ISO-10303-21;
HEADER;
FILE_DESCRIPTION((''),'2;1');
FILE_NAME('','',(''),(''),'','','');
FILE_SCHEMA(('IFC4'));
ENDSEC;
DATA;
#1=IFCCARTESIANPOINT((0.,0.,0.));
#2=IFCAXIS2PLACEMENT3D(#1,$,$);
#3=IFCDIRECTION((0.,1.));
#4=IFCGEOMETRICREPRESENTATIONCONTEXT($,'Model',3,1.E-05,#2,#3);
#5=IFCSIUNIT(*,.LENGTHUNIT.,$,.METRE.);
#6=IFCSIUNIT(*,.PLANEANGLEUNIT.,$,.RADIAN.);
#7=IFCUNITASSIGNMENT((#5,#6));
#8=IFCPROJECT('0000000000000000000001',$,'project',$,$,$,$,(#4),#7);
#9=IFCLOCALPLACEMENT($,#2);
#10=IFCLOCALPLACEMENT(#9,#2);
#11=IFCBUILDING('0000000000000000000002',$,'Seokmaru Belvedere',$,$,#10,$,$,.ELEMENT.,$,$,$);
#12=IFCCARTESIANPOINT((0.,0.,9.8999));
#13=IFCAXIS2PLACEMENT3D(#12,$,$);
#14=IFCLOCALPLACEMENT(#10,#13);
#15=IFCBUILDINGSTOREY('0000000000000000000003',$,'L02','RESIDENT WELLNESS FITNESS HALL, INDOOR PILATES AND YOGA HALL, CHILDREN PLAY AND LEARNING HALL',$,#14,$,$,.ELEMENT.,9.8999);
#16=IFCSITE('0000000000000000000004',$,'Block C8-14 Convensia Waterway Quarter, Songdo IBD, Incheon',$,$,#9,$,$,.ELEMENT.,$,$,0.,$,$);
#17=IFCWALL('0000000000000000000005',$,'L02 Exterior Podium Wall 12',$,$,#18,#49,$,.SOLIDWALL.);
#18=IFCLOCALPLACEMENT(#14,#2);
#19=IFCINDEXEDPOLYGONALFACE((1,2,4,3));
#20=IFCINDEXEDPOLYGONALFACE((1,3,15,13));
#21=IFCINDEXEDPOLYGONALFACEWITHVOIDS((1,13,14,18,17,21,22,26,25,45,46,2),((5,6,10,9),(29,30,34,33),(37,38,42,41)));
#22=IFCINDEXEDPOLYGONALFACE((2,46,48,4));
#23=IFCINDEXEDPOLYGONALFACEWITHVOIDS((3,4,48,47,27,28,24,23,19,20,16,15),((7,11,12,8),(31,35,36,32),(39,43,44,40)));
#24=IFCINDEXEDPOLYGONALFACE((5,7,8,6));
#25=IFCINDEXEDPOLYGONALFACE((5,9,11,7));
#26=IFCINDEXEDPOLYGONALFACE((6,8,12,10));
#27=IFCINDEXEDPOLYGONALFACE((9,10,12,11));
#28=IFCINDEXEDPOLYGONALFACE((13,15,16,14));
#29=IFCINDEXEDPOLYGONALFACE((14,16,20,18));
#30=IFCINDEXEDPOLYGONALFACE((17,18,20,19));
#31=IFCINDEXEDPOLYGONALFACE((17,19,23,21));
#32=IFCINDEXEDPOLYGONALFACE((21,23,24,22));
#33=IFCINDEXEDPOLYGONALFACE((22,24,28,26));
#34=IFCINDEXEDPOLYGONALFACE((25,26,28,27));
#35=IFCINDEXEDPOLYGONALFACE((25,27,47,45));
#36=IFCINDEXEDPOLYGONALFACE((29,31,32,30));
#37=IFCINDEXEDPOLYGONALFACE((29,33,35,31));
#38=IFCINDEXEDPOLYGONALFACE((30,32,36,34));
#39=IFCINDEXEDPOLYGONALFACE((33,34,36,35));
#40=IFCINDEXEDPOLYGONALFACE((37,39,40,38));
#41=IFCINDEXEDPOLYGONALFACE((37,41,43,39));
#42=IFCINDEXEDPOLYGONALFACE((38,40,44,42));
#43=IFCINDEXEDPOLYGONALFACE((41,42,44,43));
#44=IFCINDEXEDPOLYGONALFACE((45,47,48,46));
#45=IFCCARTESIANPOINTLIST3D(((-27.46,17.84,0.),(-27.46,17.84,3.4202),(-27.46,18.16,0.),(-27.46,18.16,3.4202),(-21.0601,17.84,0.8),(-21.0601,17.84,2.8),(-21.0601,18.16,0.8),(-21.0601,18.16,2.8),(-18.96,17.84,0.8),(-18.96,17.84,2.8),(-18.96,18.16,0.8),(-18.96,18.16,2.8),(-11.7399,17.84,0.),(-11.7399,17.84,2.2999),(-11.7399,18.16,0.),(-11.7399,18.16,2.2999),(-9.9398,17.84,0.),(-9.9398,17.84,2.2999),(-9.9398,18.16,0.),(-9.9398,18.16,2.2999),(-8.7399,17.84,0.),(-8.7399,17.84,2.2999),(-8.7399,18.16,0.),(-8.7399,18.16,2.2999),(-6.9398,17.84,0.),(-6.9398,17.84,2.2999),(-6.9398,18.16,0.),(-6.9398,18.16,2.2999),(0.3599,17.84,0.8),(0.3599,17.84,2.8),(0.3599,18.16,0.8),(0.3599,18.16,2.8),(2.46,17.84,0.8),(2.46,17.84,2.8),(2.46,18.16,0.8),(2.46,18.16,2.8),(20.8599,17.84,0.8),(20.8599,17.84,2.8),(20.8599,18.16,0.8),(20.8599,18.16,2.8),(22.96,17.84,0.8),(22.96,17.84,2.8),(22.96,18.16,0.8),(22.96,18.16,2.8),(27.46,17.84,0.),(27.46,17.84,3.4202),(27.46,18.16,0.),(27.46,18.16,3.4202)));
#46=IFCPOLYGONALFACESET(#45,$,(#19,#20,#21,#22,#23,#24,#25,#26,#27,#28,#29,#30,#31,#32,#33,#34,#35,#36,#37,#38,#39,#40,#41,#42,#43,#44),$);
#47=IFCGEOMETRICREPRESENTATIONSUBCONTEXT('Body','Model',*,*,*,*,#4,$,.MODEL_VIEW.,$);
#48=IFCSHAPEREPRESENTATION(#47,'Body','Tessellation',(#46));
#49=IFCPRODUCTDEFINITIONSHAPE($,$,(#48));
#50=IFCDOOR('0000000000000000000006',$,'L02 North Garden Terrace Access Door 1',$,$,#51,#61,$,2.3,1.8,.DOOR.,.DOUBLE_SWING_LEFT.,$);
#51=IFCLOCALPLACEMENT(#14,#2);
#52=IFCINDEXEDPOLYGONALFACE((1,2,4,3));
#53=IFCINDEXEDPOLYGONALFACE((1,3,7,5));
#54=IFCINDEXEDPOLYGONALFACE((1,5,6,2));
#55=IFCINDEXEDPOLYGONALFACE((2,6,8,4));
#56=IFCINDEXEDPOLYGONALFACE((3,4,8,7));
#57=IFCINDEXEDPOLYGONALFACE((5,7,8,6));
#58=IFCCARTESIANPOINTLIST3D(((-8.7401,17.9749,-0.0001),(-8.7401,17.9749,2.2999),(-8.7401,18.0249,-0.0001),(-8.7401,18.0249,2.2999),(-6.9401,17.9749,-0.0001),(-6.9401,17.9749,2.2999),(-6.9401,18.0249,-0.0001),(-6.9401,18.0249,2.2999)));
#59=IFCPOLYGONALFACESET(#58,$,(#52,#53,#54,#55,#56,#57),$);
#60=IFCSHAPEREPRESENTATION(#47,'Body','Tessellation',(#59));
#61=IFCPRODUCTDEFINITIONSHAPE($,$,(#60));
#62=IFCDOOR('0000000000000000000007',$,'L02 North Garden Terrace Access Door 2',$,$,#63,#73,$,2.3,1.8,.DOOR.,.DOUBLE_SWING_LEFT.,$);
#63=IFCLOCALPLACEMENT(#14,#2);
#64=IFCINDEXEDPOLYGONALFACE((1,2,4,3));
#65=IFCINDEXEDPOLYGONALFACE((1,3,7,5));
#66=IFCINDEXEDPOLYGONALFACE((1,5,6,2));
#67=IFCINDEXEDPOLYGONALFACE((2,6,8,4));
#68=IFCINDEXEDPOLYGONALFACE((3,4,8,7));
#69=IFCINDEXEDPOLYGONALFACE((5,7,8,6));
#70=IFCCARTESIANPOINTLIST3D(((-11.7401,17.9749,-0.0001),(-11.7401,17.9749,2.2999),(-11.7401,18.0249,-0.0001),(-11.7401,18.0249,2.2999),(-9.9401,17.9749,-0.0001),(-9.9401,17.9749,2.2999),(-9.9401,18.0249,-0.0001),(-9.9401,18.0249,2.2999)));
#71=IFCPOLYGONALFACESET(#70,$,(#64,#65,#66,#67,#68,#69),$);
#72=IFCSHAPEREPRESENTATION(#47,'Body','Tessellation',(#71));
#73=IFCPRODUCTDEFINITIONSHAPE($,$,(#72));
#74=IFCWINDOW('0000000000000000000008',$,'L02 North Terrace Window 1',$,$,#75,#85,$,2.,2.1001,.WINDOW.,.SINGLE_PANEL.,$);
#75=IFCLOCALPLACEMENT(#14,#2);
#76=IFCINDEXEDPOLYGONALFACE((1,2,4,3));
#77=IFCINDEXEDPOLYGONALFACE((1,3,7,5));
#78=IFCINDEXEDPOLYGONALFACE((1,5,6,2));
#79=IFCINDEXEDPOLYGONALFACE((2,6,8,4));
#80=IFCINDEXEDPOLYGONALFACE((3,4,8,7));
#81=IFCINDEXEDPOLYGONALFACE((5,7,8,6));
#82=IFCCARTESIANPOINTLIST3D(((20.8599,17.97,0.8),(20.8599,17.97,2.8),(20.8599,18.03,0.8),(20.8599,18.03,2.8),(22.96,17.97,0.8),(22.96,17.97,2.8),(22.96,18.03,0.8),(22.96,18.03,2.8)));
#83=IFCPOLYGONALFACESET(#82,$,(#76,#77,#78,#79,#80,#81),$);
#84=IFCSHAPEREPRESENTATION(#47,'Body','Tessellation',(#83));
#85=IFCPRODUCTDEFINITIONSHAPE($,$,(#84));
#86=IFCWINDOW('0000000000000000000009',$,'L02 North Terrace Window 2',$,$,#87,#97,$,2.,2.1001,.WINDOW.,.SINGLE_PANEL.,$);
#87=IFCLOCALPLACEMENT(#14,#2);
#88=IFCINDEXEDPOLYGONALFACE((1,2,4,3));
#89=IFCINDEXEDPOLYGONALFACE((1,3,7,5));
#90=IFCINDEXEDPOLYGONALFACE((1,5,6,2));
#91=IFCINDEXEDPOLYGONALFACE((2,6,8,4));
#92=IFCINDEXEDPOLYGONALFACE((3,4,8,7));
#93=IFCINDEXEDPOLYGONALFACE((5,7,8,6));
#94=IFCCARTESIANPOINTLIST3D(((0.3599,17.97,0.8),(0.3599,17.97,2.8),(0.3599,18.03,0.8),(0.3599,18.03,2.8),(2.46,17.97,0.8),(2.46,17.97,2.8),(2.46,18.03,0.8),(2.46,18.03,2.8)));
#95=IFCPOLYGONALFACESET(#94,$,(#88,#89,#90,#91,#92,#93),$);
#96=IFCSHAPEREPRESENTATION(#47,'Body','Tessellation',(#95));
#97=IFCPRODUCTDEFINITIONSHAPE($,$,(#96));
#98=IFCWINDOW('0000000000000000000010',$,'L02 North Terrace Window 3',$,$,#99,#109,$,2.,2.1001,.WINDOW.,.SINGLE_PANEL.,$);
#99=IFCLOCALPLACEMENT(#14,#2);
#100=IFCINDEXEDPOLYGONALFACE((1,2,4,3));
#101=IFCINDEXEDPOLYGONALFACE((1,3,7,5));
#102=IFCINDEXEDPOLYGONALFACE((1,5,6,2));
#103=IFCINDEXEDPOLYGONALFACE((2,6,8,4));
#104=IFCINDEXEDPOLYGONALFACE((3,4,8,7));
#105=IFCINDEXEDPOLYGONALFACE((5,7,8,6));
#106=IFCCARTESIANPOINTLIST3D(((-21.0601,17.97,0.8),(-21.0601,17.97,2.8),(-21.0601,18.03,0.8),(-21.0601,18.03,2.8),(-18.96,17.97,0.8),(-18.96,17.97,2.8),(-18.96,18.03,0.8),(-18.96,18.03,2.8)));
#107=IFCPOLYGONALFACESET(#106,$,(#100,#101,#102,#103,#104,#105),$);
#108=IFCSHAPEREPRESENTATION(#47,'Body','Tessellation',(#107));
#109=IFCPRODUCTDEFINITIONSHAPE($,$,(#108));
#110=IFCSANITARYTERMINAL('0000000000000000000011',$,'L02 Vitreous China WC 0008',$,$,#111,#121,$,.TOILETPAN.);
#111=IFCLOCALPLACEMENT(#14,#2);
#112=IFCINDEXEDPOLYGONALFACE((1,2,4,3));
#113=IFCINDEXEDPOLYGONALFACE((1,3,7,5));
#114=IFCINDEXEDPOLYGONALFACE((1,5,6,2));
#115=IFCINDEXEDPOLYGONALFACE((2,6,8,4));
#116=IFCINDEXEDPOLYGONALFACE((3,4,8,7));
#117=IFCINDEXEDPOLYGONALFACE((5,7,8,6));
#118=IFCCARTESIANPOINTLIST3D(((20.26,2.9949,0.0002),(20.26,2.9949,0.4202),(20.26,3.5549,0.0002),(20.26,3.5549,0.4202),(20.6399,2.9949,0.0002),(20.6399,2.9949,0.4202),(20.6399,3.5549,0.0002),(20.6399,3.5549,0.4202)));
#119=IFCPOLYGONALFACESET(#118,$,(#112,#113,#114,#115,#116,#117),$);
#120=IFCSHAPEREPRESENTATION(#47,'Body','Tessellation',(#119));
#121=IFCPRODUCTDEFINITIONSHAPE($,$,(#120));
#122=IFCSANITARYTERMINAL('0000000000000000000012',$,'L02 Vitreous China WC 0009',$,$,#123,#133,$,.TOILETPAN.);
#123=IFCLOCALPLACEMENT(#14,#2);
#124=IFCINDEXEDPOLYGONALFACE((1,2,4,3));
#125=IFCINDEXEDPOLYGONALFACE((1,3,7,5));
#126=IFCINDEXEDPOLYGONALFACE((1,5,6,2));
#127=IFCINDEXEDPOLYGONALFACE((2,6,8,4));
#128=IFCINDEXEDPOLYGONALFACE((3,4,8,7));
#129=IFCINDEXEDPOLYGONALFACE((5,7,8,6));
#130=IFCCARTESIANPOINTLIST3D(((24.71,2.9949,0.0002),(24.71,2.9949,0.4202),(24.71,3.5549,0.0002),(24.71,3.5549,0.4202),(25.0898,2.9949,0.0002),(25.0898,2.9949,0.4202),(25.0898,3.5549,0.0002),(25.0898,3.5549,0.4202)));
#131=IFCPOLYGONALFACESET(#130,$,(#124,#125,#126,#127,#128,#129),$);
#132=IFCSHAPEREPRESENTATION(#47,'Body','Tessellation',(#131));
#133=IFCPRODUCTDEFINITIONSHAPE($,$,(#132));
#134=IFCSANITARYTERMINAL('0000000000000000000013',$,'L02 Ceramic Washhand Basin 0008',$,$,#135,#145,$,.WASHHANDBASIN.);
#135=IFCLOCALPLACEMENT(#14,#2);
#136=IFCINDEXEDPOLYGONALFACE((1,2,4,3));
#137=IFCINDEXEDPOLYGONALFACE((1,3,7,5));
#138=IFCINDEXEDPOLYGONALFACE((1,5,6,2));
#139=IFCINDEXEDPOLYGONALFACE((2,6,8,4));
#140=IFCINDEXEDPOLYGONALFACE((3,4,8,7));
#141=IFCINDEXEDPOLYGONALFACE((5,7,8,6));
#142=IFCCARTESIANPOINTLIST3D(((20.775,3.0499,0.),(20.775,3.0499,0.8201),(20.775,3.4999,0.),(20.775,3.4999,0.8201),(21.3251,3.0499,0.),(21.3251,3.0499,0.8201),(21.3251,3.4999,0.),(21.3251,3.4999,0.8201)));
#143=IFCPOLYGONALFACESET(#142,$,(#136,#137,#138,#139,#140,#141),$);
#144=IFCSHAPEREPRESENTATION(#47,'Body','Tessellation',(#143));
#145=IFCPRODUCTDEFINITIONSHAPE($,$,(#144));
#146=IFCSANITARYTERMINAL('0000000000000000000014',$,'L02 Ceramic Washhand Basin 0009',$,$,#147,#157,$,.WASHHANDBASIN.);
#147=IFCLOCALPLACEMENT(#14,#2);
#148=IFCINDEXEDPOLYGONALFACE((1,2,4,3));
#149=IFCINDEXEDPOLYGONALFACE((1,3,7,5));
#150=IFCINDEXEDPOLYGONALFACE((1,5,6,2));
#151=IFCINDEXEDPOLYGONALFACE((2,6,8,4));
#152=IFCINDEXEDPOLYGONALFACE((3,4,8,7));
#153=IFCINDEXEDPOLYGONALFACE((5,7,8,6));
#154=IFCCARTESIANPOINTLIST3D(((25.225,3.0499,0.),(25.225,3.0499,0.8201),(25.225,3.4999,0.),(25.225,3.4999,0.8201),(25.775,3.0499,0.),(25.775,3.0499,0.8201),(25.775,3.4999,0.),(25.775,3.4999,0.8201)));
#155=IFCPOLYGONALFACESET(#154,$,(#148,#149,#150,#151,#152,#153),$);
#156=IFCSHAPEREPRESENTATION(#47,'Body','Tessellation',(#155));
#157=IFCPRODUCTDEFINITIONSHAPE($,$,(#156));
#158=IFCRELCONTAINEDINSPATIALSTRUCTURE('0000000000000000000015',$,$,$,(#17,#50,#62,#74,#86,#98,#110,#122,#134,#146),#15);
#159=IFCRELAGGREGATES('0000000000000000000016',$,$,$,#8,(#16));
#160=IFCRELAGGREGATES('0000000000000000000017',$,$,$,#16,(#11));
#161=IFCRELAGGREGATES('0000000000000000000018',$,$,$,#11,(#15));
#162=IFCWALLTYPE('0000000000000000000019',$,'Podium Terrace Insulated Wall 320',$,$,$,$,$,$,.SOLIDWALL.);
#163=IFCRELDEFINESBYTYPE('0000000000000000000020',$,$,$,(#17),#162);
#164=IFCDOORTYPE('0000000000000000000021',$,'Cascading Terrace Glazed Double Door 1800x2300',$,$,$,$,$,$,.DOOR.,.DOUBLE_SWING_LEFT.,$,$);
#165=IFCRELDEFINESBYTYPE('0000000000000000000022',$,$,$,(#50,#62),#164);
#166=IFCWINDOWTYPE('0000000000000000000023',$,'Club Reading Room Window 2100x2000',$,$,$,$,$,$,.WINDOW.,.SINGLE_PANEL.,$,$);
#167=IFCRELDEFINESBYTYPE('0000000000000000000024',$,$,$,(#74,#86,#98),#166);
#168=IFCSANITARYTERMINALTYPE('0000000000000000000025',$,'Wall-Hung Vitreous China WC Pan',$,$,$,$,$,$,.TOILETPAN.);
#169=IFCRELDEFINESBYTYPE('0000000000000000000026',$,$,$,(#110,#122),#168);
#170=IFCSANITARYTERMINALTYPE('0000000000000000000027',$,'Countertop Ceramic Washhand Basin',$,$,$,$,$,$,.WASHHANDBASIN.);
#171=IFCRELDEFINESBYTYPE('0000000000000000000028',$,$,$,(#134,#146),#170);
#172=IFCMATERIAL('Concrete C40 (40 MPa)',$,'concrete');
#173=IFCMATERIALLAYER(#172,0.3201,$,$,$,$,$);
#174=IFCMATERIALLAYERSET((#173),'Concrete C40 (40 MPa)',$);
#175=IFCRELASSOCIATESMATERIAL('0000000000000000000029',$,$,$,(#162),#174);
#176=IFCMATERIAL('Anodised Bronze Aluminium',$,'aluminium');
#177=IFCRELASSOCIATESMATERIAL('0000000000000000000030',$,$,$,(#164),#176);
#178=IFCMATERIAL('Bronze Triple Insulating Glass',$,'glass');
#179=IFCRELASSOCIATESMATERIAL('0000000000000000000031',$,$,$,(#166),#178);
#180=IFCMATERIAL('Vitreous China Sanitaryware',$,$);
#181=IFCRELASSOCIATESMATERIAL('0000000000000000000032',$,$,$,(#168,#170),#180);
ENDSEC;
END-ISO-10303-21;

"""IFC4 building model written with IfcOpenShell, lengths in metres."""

from ifc_helpers import new_model, si_unit, direction, frame, frame_2d, origin, origin_2d, place, context, subcontext, project, spatial, rectangle, extrude, source, transform, mapped, material, layer, layer_set, type_object, type_shapes, element, fill, save


model = new_model("IFC4")

# Units and contexts
model_context = context("Model", 3, precision=1e-05, world=origin(), true_north=direction((0.0, 1.0)))
body_context = subcontext(model_context, "Body", "Model", "MODEL_VIEW")
ifc_project = project(units=[si_unit("LENGTHUNIT", "METRE"), si_unit("PLANEANGLEUNIT", "RADIAN")], contexts=[model_context])

# Site, building, storey
site_placement = place(None, origin())
site = spatial("IfcSite", under=ifc_project, at=site_placement, Name="Block C8-14 Convensia Waterway Quarter, Songdo IBD, Incheon", CompositionType="ELEMENT", RefElevation=0.0)
building_placement = place(site_placement, origin())
building = spatial("IfcBuilding", under=site, at=building_placement, Name="Seokmaru Belvedere", CompositionType="ELEMENT")
storey_placement = place(building_placement, frame((0.0, 0.0, 9.8999)))
storey = spatial("IfcBuildingStorey", under=building, at=storey_placement, Name="L02", Description="RESIDENT WELLNESS FITNESS HALL, INDOOR PILATES AND YOGA HALL, CHILDREN PLAY AND LEARNING HALL", CompositionType="ELEMENT", Elevation=9.8999)

# Shared definitions
ifc_material_1 = material(Name="Concrete C40 (40 MPa)", Category="concrete")
ifc_layer_1 = layer(ifc_material_1, 0.3201)
ifc_layer_set_1 = layer_set([ifc_layer_1], Name="Concrete C40 (40 MPa)")
wall_type_1 = type_object("IfcWallType", Name="Podium Terrace Insulated Wall 320", PredefinedType="SOLIDWALL", material=ifc_layer_set_1)

# Wall, openings, doors, windows
wall_1_placement = place(storey_placement, frame((27.46, 18.0, 0.0), z_axis=(0.0, 0.0, 1.0), x_axis=(-1.0, 0.0, 0.0)))
wall_1 = element("IfcWall", 1, at=wall_1_placement, inside=storey, type_object=wall_type_1, Name="L02 Exterior Podium Wall 12", PredefinedType="SOLIDWALL", context=body_context, shape_type="SweptSolid", body=[
    extrude(rectangle(XDim=54.9199, YDim=0.3201, at=frame_2d((27.46, 0.0))), origin(), (0.0, 0.0, 1.0), 3.4202),
])
opening_1_placement = place(wall_1_placement, frame((34.3999, 0.0, 0.0)))
opening_1 = element("IfcOpeningElement", 2, at=opening_1_placement, cuts=wall_1, PredefinedType="OPENING", context=body_context, shape_type="SweptSolid", body=[
    extrude(rectangle(XDim=1.8, YDim=2.3, at=frame_2d((0.8999, 1.1499))), frame((0.0, 0.1699, 0.0), z_axis=(0.0, -1.0, 0.0), x_axis=(1.0, 0.0, 0.0)), (0.0, 0.0, 1.0), 0.3401),
])
opening_2_placement = place(wall_1_placement, frame((37.3999, 0.0, 0.0)))
opening_2 = element("IfcOpeningElement", 3, at=opening_2_placement, cuts=wall_1, PredefinedType="OPENING", context=body_context, shape_type="SweptSolid", body=[
    extrude(rectangle(XDim=1.8, YDim=2.3, at=frame_2d((0.8999, 1.1499))), frame((0.0, 0.1699, 0.0), z_axis=(0.0, -1.0, 0.0), x_axis=(1.0, 0.0, 0.0)), (0.0, 0.0, 1.0), 0.3401),
])
opening_3_placement = place(wall_1_placement, frame((4.5, 0.0, 0.8)))
opening_3 = element("IfcOpeningElement", 4, at=opening_3_placement, cuts=wall_1, PredefinedType="OPENING", context=body_context, shape_type="SweptSolid", body=[
    extrude(rectangle(XDim=2.1001, YDim=2.0, at=frame_2d((1.05, 1.0))), frame((0.0, 0.1699, 0.0), z_axis=(0.0, -1.0, 0.0), x_axis=(1.0, 0.0, 0.0)), (0.0, 0.0, 1.0), 0.3401),
])
opening_4_placement = place(wall_1_placement, frame((25.0, 0.0, 0.8)))
opening_4 = element("IfcOpeningElement", 5, at=opening_4_placement, cuts=wall_1, PredefinedType="OPENING", context=body_context, shape_type="SweptSolid", body=[
    extrude(rectangle(XDim=2.1001, YDim=2.0, at=frame_2d((1.05, 1.0))), frame((0.0, 0.1699, 0.0), z_axis=(0.0, -1.0, 0.0), x_axis=(1.0, 0.0, 0.0)), (0.0, 0.0, 1.0), 0.3401),
])
opening_5_placement = place(wall_1_placement, frame((46.4199, 0.0, 0.8)))
opening_5 = element("IfcOpeningElement", 6, at=opening_5_placement, cuts=wall_1, PredefinedType="OPENING", context=body_context, shape_type="SweptSolid", body=[
    extrude(rectangle(XDim=2.1001, YDim=2.0, at=frame_2d((1.05, 1.0))), frame((0.0, 0.1699, 0.0), z_axis=(0.0, -1.0, 0.0), x_axis=(1.0, 0.0, 0.0)), (0.0, 0.0, 1.0), 0.3401),
])
ifc_material_2 = material(Name="Anodised Bronze Aluminium", Category="aluminium")
door_type_1 = type_object("IfcDoorType", Name="Cascading Terrace Glazed Double Door 1800x2300", OperationType="DOUBLE_SWING_LEFT", PredefinedType="DOOR", material=ifc_material_2)
shared_shape_1 = source(origin(), body_context, "Body", "SweptSolid", [
    extrude(rectangle(XDim=1.8, YDim=2.3, at=frame_2d((0.8999, 1.1499))), frame((0.0, 0.0249, 0.0), z_axis=(0.0, -1.0, 0.0), x_axis=(1.0, 0.0, 0.0)), (0.0, 0.0, 1.0), 0.05),
])
type_shapes(door_type_1, [shared_shape_1])
door_1_placement = place(opening_1_placement, frame((1.8, 0.0, 0.0), z_axis=(0.0, 0.0, 1.0), x_axis=(-1.0, 0.0, 0.0)))
door_1 = element("IfcDoor", 7, at=door_1_placement, inside=storey, type_object=door_type_1, Name="L02 North Garden Terrace Access Door 1", OperationType="DOUBLE_SWING_LEFT", OverallHeight=2.3, OverallWidth=1.8, PredefinedType="DOOR", context=body_context, shape_type="MappedRepresentation", body=[
    mapped(shared_shape_1, transform((0.0, 0.0, 0.0), scale=1.0)),
])
fill(opening_1, door_1)
door_2_placement = place(opening_2_placement, frame((1.8, 0.0, 0.0), z_axis=(0.0, 0.0, 1.0), x_axis=(-1.0, 0.0, 0.0)))
door_2 = element("IfcDoor", 8, at=door_2_placement, inside=storey, type_object=door_type_1, Name="L02 North Garden Terrace Access Door 2", OperationType="DOUBLE_SWING_LEFT", OverallHeight=2.3, OverallWidth=1.8, PredefinedType="DOOR", context=body_context, shape_type="MappedRepresentation", body=[
    mapped(shared_shape_1, transform((0.0, 0.0, 0.0), scale=1.0)),
])
fill(opening_2, door_2)
ifc_material_3 = material(Name="Bronze Triple Insulating Glass", Category="glass")
window_type = type_object("IfcWindowType", Name="Club Reading Room Window 2100x2000", PartitioningType="SINGLE_PANEL", PredefinedType="WINDOW", material=ifc_material_3)
shared_shape_2 = source(origin(), body_context, "Body", "SweptSolid", [
    extrude(rectangle(XDim=2.1001, YDim=2.0, at=frame_2d((1.05, 1.0))), frame((0.0, 0.03, 0.0), z_axis=(0.0, -1.0, 0.0), x_axis=(1.0, 0.0, 0.0)), (0.0, 0.0, 1.0), 0.0601),
])
type_shapes(window_type, [shared_shape_2])
window_1_placement = place(opening_3_placement, origin())
window_1 = element("IfcWindow", 9, at=window_1_placement, inside=storey, type_object=window_type, Name="L02 North Terrace Window 1", OverallHeight=2.0, OverallWidth=2.1001, PartitioningType="SINGLE_PANEL", PredefinedType="WINDOW", context=body_context, shape_type="MappedRepresentation", body=[
    mapped(shared_shape_2, transform((0.0, 0.0, 0.0), scale=1.0)),
])
fill(opening_3, window_1)
window_2_placement = place(opening_4_placement, origin())
window_2 = element("IfcWindow", 10, at=window_2_placement, inside=storey, type_object=window_type, Name="L02 North Terrace Window 2", OverallHeight=2.0, OverallWidth=2.1001, PartitioningType="SINGLE_PANEL", PredefinedType="WINDOW", context=body_context, shape_type="MappedRepresentation", body=[
    mapped(shared_shape_2, transform((0.0, 0.0, 0.0), scale=1.0)),
])
fill(opening_4, window_2)
window_3_placement = place(opening_5_placement, origin())
window_3 = element("IfcWindow", 11, at=window_3_placement, inside=storey, type_object=window_type, Name="L02 North Terrace Window 3", OverallHeight=2.0, OverallWidth=2.1001, PartitioningType="SINGLE_PANEL", PredefinedType="WINDOW", context=body_context, shape_type="MappedRepresentation", body=[
    mapped(shared_shape_2, transform((0.0, 0.0, 0.0), scale=1.0)),
])
fill(opening_5, window_3)

# Sanitary terminals
ifc_material_4 = material(Name="Vitreous China Sanitaryware")
sanitary_terminal_type_1 = type_object("IfcSanitaryTerminalType", Name="Wall-Hung Vitreous China WC Pan", PredefinedType="TOILETPAN", material=ifc_material_4)
shared_shape_3 = source(origin(), body_context, "Body", "SweptSolid", [
    extrude(rectangle(XDim=0.3799, YDim=0.5601, at=origin_2d()), origin(), (0.0, 0.0, 1.0), 0.4199),
])
type_shapes(sanitary_terminal_type_1, [shared_shape_3])
for number, where, z_axis, x_axis, name in (
    (12, (20.45, 3.2749, 0.0002), (0.0, 0.0, 1.0), (1.0, 0.0, 0.0), "L02 Vitreous China WC 0008"),
    (13, (24.8999, 3.2749, 0.0002), (0.0, 0.0, 1.0), (1.0, 0.0, 0.0), "L02 Vitreous China WC 0009"),
):
    element("IfcSanitaryTerminal", number, at=place(storey_placement, frame(where, z_axis=z_axis, x_axis=x_axis)), inside=storey, type_object=sanitary_terminal_type_1, Name=name, PredefinedType="TOILETPAN", context=body_context, shape_type="MappedRepresentation", body=[
        mapped(shared_shape_3, transform((0.0, 0.0, 0.0), scale=1.0)),
    ])
sanitary_terminal_type_2 = type_object("IfcSanitaryTerminalType", Name="Countertop Ceramic Washhand Basin", PredefinedType="WASHHANDBASIN", material=ifc_material_4)
shared_shape_4 = source(origin(), body_context, "Body", "SweptSolid", [
    extrude(rectangle(XDim=0.55, YDim=0.45, at=origin_2d()), origin(), (0.0, 0.0, 1.0), 0.8201),
])
type_shapes(sanitary_terminal_type_2, [shared_shape_4])
for number, where, z_axis, x_axis, name in (
    (14, (21.05, 3.2749, 0.0), (0.0, 0.0, 1.0), (1.0, 0.0, 0.0), "L02 Ceramic Washhand Basin 0008"),
    (15, (25.5, 3.2749, 0.0), (0.0, 0.0, 1.0), (1.0, 0.0, 0.0), "L02 Ceramic Washhand Basin 0009"),
):
    element("IfcSanitaryTerminal", number, at=place(storey_placement, frame(where, z_axis=z_axis, x_axis=x_axis)), inside=storey, type_object=sanitary_terminal_type_2, Name=name, PredefinedType="WASHHANDBASIN", context=body_context, shape_type="MappedRepresentation", body=[
        mapped(shared_shape_4, transform((0.0, 0.0, 0.0), scale=1.0)),
    ])

save(model, "model.ifc")
